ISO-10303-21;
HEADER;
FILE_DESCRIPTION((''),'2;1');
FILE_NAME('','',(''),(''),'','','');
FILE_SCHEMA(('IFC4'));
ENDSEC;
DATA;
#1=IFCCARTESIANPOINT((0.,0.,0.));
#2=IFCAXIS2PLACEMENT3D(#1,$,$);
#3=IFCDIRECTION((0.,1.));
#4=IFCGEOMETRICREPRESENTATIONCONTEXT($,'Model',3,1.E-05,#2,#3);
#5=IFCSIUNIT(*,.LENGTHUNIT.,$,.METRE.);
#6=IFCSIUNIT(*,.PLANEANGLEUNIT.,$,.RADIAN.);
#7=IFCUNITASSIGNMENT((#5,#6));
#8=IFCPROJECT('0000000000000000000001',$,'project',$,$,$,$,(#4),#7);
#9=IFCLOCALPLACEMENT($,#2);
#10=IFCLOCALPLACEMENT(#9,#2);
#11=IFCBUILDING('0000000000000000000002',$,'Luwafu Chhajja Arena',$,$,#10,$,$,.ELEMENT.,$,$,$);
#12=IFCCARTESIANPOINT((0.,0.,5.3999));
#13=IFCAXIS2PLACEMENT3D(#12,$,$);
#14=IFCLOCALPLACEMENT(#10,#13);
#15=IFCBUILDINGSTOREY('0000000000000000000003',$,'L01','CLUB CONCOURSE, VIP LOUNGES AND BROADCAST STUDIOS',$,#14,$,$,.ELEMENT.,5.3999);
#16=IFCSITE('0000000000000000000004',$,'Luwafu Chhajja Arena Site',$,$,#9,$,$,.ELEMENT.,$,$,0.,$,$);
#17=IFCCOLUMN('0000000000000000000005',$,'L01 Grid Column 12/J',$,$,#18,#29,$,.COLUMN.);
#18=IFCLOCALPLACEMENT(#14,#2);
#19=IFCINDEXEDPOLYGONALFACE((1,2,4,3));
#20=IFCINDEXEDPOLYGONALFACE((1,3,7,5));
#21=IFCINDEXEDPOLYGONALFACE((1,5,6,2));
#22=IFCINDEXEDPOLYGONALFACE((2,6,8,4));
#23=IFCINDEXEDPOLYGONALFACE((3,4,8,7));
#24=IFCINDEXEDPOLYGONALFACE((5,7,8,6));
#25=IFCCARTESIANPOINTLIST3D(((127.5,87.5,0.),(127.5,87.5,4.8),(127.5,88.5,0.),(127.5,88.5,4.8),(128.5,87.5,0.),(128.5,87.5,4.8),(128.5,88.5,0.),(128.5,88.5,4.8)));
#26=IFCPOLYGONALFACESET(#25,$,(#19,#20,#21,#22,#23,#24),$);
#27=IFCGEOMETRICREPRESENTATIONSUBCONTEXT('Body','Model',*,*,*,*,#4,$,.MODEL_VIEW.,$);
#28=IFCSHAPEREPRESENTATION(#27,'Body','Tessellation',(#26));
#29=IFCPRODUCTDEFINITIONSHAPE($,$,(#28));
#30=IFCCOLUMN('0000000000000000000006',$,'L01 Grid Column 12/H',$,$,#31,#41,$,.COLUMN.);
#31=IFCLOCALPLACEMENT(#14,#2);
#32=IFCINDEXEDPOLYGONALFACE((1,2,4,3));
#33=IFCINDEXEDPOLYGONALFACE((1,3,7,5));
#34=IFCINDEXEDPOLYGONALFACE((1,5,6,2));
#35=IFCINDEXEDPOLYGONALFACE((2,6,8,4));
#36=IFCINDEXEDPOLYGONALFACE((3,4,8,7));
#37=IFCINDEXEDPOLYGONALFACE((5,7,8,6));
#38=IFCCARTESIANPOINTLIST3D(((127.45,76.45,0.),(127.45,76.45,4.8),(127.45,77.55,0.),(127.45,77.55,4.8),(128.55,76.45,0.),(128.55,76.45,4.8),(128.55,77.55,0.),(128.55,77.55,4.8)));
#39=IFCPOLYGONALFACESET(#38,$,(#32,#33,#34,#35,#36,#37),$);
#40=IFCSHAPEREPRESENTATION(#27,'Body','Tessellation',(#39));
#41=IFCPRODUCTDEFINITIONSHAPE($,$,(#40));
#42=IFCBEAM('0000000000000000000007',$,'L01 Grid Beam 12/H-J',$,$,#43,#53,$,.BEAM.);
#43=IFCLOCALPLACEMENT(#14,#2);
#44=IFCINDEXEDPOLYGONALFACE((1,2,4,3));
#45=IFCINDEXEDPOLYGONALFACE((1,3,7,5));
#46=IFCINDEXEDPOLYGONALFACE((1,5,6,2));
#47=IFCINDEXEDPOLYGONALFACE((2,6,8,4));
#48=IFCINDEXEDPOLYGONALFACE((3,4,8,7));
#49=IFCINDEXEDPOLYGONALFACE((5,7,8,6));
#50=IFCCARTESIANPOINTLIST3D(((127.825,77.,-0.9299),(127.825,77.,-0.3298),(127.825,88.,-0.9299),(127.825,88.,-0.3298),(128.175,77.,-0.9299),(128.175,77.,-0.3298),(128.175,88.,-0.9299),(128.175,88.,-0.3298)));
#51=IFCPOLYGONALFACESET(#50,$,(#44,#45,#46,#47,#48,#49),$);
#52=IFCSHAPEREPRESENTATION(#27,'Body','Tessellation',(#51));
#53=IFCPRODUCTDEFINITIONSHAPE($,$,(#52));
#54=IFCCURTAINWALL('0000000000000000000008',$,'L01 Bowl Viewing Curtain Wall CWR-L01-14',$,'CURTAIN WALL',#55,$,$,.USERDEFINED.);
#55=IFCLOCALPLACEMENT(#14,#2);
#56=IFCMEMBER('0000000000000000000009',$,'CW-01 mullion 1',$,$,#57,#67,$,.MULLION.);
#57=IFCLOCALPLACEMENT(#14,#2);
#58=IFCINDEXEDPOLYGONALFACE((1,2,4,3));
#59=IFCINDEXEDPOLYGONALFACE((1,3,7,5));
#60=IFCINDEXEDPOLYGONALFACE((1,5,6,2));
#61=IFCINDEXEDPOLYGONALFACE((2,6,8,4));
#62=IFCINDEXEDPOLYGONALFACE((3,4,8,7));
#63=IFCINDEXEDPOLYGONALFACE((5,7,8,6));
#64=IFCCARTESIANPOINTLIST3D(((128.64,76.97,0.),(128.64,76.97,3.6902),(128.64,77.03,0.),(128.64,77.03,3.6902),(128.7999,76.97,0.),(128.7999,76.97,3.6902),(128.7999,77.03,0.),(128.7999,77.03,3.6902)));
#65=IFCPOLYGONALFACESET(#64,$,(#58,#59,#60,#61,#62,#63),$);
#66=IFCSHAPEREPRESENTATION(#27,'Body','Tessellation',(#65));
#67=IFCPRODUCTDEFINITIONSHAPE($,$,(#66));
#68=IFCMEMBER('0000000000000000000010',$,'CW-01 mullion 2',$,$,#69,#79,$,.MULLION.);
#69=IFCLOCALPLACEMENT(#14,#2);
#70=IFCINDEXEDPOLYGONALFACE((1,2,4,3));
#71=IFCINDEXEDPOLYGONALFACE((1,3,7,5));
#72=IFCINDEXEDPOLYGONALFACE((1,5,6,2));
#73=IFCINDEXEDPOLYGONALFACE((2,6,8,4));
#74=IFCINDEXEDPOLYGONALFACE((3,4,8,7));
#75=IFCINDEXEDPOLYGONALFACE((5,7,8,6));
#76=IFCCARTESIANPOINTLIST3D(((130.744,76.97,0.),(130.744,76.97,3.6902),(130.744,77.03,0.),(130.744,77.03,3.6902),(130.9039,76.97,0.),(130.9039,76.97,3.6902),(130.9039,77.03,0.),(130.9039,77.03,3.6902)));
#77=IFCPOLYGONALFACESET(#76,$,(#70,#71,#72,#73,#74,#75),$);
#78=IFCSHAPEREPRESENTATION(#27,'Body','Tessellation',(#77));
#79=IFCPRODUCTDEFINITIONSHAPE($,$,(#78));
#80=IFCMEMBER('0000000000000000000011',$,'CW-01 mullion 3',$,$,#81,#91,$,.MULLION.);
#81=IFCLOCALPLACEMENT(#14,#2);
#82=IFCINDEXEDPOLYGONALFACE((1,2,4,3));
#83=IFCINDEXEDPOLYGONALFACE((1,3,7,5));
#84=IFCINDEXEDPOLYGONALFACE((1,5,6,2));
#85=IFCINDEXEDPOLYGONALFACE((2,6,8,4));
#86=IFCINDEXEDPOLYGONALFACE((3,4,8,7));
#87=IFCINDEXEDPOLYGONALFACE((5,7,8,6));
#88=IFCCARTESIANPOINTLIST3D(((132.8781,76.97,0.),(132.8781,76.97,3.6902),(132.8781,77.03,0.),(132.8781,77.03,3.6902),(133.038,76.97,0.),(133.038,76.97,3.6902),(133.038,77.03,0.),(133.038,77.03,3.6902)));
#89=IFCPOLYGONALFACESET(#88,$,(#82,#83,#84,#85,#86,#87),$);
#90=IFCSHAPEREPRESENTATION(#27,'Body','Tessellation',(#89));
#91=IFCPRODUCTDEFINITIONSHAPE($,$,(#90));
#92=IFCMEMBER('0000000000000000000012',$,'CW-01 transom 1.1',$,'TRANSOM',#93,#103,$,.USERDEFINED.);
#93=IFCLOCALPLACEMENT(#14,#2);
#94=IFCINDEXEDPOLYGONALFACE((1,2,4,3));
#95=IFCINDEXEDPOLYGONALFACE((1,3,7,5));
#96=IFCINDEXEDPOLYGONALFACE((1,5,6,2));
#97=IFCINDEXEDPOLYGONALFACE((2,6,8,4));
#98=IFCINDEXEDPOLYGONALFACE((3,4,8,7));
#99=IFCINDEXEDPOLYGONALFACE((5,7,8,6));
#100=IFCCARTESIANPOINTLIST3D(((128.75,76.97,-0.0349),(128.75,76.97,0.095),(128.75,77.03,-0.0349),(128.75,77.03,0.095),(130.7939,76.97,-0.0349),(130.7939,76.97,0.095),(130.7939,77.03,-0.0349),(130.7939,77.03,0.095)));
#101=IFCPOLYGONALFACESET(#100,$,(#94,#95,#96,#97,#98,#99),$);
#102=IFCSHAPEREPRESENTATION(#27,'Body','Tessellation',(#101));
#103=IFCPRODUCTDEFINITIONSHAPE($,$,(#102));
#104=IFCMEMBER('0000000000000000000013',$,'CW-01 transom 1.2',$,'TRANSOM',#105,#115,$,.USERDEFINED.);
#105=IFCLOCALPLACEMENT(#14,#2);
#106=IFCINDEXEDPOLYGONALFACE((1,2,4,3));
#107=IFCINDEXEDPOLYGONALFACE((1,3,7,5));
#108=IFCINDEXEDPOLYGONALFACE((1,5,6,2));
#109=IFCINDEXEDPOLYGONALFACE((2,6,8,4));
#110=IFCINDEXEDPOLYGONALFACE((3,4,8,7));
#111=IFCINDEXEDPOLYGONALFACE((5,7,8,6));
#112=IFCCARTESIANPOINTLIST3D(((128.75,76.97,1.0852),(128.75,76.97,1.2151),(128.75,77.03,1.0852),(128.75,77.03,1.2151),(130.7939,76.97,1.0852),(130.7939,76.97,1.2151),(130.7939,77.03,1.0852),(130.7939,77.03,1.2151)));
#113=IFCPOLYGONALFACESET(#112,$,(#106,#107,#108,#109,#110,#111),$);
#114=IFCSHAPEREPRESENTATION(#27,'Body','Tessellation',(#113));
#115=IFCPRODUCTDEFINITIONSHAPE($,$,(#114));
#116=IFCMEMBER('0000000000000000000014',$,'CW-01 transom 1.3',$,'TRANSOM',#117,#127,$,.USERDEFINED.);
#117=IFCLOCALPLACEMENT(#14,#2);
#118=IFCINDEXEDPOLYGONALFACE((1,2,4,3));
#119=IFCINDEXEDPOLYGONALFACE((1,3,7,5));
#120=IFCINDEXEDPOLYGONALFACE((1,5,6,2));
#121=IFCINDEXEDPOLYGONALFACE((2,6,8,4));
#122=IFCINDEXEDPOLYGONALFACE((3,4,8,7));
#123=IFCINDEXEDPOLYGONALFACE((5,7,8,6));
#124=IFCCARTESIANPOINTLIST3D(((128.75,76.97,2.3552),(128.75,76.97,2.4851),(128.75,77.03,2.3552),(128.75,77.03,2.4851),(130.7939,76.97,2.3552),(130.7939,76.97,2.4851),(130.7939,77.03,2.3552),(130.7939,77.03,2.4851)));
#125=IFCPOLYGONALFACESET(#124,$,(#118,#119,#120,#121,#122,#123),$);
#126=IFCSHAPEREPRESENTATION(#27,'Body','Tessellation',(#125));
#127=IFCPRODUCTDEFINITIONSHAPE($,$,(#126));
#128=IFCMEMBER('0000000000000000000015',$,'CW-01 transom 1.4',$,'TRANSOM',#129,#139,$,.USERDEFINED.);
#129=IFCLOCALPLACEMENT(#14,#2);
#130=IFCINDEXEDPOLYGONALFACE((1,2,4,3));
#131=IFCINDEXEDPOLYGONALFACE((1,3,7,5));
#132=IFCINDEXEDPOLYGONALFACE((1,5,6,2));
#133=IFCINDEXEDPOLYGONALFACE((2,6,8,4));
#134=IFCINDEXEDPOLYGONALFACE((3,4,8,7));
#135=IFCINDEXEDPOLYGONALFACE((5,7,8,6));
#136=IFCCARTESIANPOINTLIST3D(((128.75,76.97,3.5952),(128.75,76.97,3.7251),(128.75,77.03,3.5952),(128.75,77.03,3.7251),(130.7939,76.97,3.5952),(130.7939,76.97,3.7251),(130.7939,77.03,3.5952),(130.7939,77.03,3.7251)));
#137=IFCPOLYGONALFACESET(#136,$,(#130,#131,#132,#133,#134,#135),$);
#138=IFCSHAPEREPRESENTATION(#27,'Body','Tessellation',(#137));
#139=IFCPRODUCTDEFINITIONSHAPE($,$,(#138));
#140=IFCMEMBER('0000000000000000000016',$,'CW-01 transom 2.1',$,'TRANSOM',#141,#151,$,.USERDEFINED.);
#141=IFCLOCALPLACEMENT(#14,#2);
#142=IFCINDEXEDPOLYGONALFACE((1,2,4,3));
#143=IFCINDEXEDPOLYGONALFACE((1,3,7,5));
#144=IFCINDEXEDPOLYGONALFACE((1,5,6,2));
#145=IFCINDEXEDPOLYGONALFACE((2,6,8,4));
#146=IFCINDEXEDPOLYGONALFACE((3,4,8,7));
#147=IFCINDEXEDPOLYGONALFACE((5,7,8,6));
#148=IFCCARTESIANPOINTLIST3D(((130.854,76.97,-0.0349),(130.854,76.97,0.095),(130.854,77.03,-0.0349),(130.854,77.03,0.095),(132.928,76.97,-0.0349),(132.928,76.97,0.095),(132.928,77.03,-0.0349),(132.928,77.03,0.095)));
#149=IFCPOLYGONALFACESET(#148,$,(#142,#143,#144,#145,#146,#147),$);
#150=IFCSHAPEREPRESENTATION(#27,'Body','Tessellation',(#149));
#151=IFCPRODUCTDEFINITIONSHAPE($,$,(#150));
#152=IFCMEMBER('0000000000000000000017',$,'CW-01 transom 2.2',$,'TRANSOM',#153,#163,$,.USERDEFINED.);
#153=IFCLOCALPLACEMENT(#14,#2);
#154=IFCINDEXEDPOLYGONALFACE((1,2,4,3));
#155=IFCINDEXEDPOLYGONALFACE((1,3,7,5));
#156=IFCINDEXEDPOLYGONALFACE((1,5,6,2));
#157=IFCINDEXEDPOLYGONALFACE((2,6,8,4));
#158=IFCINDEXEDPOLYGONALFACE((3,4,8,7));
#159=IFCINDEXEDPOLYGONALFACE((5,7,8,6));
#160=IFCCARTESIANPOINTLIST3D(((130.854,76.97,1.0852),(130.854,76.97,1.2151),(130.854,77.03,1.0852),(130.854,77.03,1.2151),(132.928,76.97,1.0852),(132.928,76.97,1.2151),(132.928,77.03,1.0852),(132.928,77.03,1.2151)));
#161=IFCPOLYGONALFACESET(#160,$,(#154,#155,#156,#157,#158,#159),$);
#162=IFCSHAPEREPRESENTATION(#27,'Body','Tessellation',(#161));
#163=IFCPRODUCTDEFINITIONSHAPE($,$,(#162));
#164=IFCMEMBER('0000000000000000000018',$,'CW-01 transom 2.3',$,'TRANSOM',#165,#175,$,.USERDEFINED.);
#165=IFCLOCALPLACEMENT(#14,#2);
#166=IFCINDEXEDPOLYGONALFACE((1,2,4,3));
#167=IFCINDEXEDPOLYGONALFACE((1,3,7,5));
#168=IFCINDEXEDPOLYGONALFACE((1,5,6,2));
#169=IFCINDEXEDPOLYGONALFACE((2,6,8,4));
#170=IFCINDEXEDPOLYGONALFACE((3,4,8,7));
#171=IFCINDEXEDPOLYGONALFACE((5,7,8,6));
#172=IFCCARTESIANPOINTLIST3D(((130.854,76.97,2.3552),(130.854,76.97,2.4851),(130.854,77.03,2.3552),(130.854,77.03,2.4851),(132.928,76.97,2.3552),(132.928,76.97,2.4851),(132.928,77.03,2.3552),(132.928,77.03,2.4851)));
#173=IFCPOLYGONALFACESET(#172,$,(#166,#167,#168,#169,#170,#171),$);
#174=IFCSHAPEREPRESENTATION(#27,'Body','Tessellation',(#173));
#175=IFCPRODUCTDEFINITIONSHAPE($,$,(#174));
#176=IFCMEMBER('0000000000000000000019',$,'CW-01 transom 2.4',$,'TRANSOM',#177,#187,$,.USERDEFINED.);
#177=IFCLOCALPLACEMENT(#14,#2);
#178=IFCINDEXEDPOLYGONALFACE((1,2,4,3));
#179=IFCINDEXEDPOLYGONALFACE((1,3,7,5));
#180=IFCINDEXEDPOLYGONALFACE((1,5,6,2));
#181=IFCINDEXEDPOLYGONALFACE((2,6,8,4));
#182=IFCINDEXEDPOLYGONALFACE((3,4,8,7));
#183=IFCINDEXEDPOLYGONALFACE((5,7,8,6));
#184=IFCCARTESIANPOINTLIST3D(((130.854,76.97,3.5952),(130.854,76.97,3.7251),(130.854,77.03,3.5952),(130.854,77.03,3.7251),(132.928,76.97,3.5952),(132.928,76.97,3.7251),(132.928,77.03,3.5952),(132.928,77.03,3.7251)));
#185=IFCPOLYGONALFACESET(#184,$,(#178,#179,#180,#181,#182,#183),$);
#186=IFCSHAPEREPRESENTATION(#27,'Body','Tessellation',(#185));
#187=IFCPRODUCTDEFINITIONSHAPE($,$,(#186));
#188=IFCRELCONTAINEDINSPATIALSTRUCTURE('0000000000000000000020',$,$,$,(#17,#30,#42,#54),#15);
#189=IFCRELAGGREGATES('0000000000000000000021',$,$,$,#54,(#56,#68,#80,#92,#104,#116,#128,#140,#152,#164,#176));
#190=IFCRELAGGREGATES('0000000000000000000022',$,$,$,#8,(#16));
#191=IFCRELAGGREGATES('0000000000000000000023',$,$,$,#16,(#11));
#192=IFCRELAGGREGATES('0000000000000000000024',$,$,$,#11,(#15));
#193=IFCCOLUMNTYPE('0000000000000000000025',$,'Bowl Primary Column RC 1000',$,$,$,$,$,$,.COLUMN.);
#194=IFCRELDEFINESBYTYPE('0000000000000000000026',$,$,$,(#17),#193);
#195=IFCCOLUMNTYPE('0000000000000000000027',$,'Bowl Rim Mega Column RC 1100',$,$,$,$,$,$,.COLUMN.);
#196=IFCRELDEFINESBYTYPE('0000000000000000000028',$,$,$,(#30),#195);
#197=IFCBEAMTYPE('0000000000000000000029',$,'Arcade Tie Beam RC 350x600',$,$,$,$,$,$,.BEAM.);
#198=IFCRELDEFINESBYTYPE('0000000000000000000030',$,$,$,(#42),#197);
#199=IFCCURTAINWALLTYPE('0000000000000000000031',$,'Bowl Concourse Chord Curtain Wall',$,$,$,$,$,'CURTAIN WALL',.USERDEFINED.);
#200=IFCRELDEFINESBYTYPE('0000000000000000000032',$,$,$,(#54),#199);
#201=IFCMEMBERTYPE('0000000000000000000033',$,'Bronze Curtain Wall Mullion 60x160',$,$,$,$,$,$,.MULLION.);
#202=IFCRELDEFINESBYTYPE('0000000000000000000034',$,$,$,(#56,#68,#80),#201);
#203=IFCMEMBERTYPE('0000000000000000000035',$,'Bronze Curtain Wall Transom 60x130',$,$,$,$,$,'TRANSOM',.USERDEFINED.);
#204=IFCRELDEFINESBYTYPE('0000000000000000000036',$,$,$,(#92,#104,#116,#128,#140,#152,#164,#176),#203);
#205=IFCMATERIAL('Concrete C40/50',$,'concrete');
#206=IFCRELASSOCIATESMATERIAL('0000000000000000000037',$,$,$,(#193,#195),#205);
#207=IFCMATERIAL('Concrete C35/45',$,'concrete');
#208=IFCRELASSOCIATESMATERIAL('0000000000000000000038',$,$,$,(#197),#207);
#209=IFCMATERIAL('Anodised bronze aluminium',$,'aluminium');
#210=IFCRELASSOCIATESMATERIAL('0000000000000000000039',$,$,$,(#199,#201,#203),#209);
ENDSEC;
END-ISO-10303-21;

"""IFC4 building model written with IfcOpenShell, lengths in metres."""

from ifc_helpers import new_model, si_unit, direction, frame, origin, origin_2d, place, context, subcontext, project, spatial, rectangle, extrude, material, material_profile, profile_set, type_object, element, aggregate, save


model = new_model("IFC4")

# Units and contexts
model_context = context("Model", 3, precision=1e-05, world=origin(), true_north=direction((0.0, 1.0)))
body_context = subcontext(model_context, "Body", "Model", "MODEL_VIEW")
ifc_project = project(units=[si_unit("LENGTHUNIT", "METRE"), si_unit("PLANEANGLEUNIT", "RADIAN")], contexts=[model_context])

# Site, building, storey
site_placement = place(None, origin())
site = spatial("IfcSite", under=ifc_project, at=site_placement, Name="Luwafu Chhajja Arena Site", CompositionType="ELEMENT", RefElevation=0.0)
building_placement = place(site_placement, origin())
building = spatial("IfcBuilding", under=site, at=building_placement, Name="Luwafu Chhajja Arena", CompositionType="ELEMENT")
storey_placement = place(building_placement, frame((0.0, 0.0, 5.3999)))
storey = spatial("IfcBuildingStorey", under=building, at=storey_placement, Name="L01", Description="CLUB CONCOURSE, VIP LOUNGES AND BROADCAST STUDIOS", CompositionType="ELEMENT", Elevation=5.3999)

# Columns
ifc_material_1 = material(Name="Concrete C40/50", Category="concrete")
ifc_material_profile_1 = material_profile(ifc_material_1, rectangle(XDim=1.0, YDim=1.0, at=origin_2d()), Name="RC 1000x1000")
ifc_profile_set_1 = profile_set([ifc_material_profile_1], Name="Concrete C40/50")
column_type_1 = type_object("IfcColumnType", Name="Bowl Primary Column RC 1000", PredefinedType="COLUMN", material=ifc_profile_set_1)
column_1_placement = place(storey_placement, frame((128.0, 88.0, 0.0), z_axis=(0.0, 0.0, 1.0), x_axis=(1.0, 0.0, 0.0)))
element("IfcColumn", 1, at=column_1_placement, inside=storey, type_object=column_type_1, Name="L01 Grid Column 12/J", PredefinedType="COLUMN", context=body_context, shape_type="SweptSolid", body=[
    extrude(rectangle(XDim=1.0, YDim=1.0, at=origin_2d()), origin(), (0.0, 0.0, 1.0), 4.8),
])
ifc_material_profile_2 = material_profile(ifc_material_1, rectangle(XDim=1.1001, YDim=1.1001, at=origin_2d()), Name="RC 1100x1100")
ifc_profile_set_2 = profile_set([ifc_material_profile_2], Name="Concrete C40/50")
column_type_2 = type_object("IfcColumnType", Name="Bowl Rim Mega Column RC 1100", PredefinedType="COLUMN", material=ifc_profile_set_2)
column_2_placement = place(storey_placement, frame((128.0, 77.0, 0.0), z_axis=(0.0, 0.0, 1.0), x_axis=(1.0, 0.0, 0.0)))
element("IfcColumn", 2, at=column_2_placement, inside=storey, type_object=column_type_2, Name="L01 Grid Column 12/H", PredefinedType="COLUMN", context=body_context, shape_type="SweptSolid", body=[
    extrude(rectangle(XDim=1.1001, YDim=1.1001, at=origin_2d()), origin(), (0.0, 0.0, 1.0), 4.8),
])

# Beam
ifc_material_2 = material(Name="Concrete C35/45", Category="concrete")
ifc_material_profile_3 = material_profile(ifc_material_2, rectangle(XDim=0.3501, YDim=0.6001, at=origin_2d()), Name="RC 350x600")
ifc_profile_set_3 = profile_set([ifc_material_profile_3], Name="Concrete C35/45")
beam_type_1 = type_object("IfcBeamType", Name="Arcade Tie Beam RC 350x600", PredefinedType="BEAM", material=ifc_profile_set_3)
beam_1_placement = place(storey_placement, frame((128.0, 77.0, -0.6299), z_axis=(0.0, 1.0, 0.0), x_axis=(-1.0, 0.0, 0.0)))
element("IfcBeam", 3, at=beam_1_placement, inside=storey, type_object=beam_type_1, Name="L01 Grid Beam 12/H-J", PredefinedType="BEAM", context=body_context, shape_type="SweptSolid", body=[
    extrude(rectangle(XDim=0.3501, YDim=0.6001, at=origin_2d()), origin(), (0.0, 0.0, 1.0), 11.0),
])

# Curtain wall, members
ifc_material_3 = material(Name="Anodised bronze aluminium", Category="aluminium")
curtain_wall_type = type_object("IfcCurtainWallType", Name="Bowl Concourse Chord Curtain Wall", ElementType="CURTAIN WALL", PredefinedType="USERDEFINED", material=ifc_material_3)
curtain_wall_placement = place(storey_placement, origin())
curtain_wall = element("IfcCurtainWall", 4, at=curtain_wall_placement, inside=storey, type_object=curtain_wall_type, Name="L01 Bowl Viewing Curtain Wall CWR-L01-14", ObjectType="CURTAIN WALL", PredefinedType="USERDEFINED")
ifc_material_profile_4 = material_profile(ifc_material_3, rectangle(XDim=0.0601, YDim=0.1599, at=origin_2d()), Name="CWM 60x160")
ifc_profile_set_4 = profile_set([ifc_material_profile_4], Name="Anodised bronze aluminium")
member_type_1 = type_object("IfcMemberType", Name="Bronze Curtain Wall Mullion 60x160", PredefinedType="MULLION", material=ifc_profile_set_4)
member_1_placement = place(storey_placement, frame((128.72, 77.0, 0.0), z_axis=(0.0, 0.0, 1.0), x_axis=(0.0, 1.0, 0.0)))
member_1 = element("IfcMember", 5, at=member_1_placement, type_object=member_type_1, Name="CW-01 mullion 1", PredefinedType="MULLION", context=body_context, shape_type="SweptSolid", body=[
    extrude(rectangle(XDim=0.0601, YDim=0.1599, at=origin_2d()), origin(), (0.0, 0.0, 1.0), 3.6902),
])
member_2_placement = place(storey_placement, frame((130.824, 77.0, 0.0), z_axis=(0.0, 0.0, 1.0), x_axis=(0.0, 1.0, 0.0)))
member_2 = element("IfcMember", 6, at=member_2_placement, type_object=member_type_1, Name="CW-01 mullion 2", PredefinedType="MULLION", context=body_context, shape_type="SweptSolid", body=[
    extrude(rectangle(XDim=0.0601, YDim=0.1599, at=origin_2d()), origin(), (0.0, 0.0, 1.0), 3.6902),
])
member_3_placement = place(storey_placement, frame((132.958, 77.0, 0.0), z_axis=(0.0, 0.0, 1.0), x_axis=(0.0, 1.0, 0.0)))
member_3 = element("IfcMember", 7, at=member_3_placement, type_object=member_type_1, Name="CW-01 mullion 3", PredefinedType="MULLION", context=body_context, shape_type="SweptSolid", body=[
    extrude(rectangle(XDim=0.0601, YDim=0.1599, at=origin_2d()), origin(), (0.0, 0.0, 1.0), 3.6902),
])
ifc_material_profile_5 = material_profile(ifc_material_3, rectangle(XDim=0.0601, YDim=0.1299, at=origin_2d()), Name="CWT 60x130")
ifc_profile_set_5 = profile_set([ifc_material_profile_5], Name="Anodised bronze aluminium")
member_type_2 = type_object("IfcMemberType", Name="Bronze Curtain Wall Transom 60x130", ElementType="TRANSOM", PredefinedType="USERDEFINED", material=ifc_profile_set_5)
member_4_placement = place(storey_placement, frame((128.75, 77.0, 0.03), z_axis=(1.0, 0.0, 0.0), x_axis=(0.0, 1.0, 0.0)))
member_4 = element("IfcMember", 8, at=member_4_placement, type_object=member_type_2, Name="CW-01 transom 1.1", ObjectType="TRANSOM", PredefinedType="USERDEFINED", context=body_context, shape_type="SweptSolid", body=[
    extrude(rectangle(XDim=0.0601, YDim=0.1299, at=origin_2d()), origin(), (0.0, 0.0, 1.0), 2.0439),
])
member_5_placement = place(storey_placement, frame((128.75, 77.0, 1.1501), z_axis=(1.0, 0.0, 0.0), x_axis=(0.0, 1.0, 0.0)))
member_5 = element("IfcMember", 9, at=member_5_placement, type_object=member_type_2, Name="CW-01 transom 1.2", ObjectType="TRANSOM", PredefinedType="USERDEFINED", context=body_context, shape_type="SweptSolid", body=[
    extrude(rectangle(XDim=0.0601, YDim=0.1299, at=origin_2d()), origin(), (0.0, 0.0, 1.0), 2.0439),
])
member_6_placement = place(storey_placement, frame((128.75, 77.0, 2.4202), z_axis=(1.0, 0.0, 0.0), x_axis=(0.0, 1.0, 0.0)))
member_6 = element("IfcMember", 10, at=member_6_placement, type_object=member_type_2, Name="CW-01 transom 1.3", ObjectType="TRANSOM", PredefinedType="USERDEFINED", context=body_context, shape_type="SweptSolid", body=[
    extrude(rectangle(XDim=0.0601, YDim=0.1299, at=origin_2d()), origin(), (0.0, 0.0, 1.0), 2.0439),
])
member_7_placement = place(storey_placement, frame((128.75, 77.0, 3.6602), z_axis=(1.0, 0.0, 0.0), x_axis=(0.0, 1.0, 0.0)))
member_7 = element("IfcMember", 11, at=member_7_placement, type_object=member_type_2, Name="CW-01 transom 1.4", ObjectType="TRANSOM", PredefinedType="USERDEFINED", context=body_context, shape_type="SweptSolid", body=[
    extrude(rectangle(XDim=0.0601, YDim=0.1299, at=origin_2d()), origin(), (0.0, 0.0, 1.0), 2.0439),
])
member_8_placement = place(storey_placement, frame((130.854, 77.0, 0.03), z_axis=(1.0, 0.0, 0.0), x_axis=(0.0, 1.0, 0.0)))
member_8 = element("IfcMember", 12, at=member_8_placement, type_object=member_type_2, Name="CW-01 transom 2.1", ObjectType="TRANSOM", PredefinedType="USERDEFINED", context=body_context, shape_type="SweptSolid", body=[
    extrude(rectangle(XDim=0.0601, YDim=0.1299, at=origin_2d()), origin(), (0.0, 0.0, 1.0), 2.074),
])
member_9_placement = place(storey_placement, frame((130.854, 77.0, 1.1501), z_axis=(1.0, 0.0, 0.0), x_axis=(0.0, 1.0, 0.0)))
member_9 = element("IfcMember", 13, at=member_9_placement, type_object=member_type_2, Name="CW-01 transom 2.2", ObjectType="TRANSOM", PredefinedType="USERDEFINED", context=body_context, shape_type="SweptSolid", body=[
    extrude(rectangle(XDim=0.0601, YDim=0.1299, at=origin_2d()), origin(), (0.0, 0.0, 1.0), 2.074),
])
member_10_placement = place(storey_placement, frame((130.854, 77.0, 2.4202), z_axis=(1.0, 0.0, 0.0), x_axis=(0.0, 1.0, 0.0)))
member_10 = element("IfcMember", 14, at=member_10_placement, type_object=member_type_2, Name="CW-01 transom 2.3", ObjectType="TRANSOM", PredefinedType="USERDEFINED", context=body_context, shape_type="SweptSolid", body=[
    extrude(rectangle(XDim=0.0601, YDim=0.1299, at=origin_2d()), origin(), (0.0, 0.0, 1.0), 2.074),
])
member_11_placement = place(storey_placement, frame((130.854, 77.0, 3.6602), z_axis=(1.0, 0.0, 0.0), x_axis=(0.0, 1.0, 0.0)))
member_11 = element("IfcMember", 15, at=member_11_placement, type_object=member_type_2, Name="CW-01 transom 2.4", ObjectType="TRANSOM", PredefinedType="USERDEFINED", context=body_context, shape_type="SweptSolid", body=[
    extrude(rectangle(XDim=0.0601, YDim=0.1299, at=origin_2d()), origin(), (0.0, 0.0, 1.0), 2.074),
])

aggregate(curtain_wall, [member_1, member_2, member_3, member_4, member_5, member_6, member_7, member_8, member_9, member_10, member_11])

save(model, "model.ifc")
